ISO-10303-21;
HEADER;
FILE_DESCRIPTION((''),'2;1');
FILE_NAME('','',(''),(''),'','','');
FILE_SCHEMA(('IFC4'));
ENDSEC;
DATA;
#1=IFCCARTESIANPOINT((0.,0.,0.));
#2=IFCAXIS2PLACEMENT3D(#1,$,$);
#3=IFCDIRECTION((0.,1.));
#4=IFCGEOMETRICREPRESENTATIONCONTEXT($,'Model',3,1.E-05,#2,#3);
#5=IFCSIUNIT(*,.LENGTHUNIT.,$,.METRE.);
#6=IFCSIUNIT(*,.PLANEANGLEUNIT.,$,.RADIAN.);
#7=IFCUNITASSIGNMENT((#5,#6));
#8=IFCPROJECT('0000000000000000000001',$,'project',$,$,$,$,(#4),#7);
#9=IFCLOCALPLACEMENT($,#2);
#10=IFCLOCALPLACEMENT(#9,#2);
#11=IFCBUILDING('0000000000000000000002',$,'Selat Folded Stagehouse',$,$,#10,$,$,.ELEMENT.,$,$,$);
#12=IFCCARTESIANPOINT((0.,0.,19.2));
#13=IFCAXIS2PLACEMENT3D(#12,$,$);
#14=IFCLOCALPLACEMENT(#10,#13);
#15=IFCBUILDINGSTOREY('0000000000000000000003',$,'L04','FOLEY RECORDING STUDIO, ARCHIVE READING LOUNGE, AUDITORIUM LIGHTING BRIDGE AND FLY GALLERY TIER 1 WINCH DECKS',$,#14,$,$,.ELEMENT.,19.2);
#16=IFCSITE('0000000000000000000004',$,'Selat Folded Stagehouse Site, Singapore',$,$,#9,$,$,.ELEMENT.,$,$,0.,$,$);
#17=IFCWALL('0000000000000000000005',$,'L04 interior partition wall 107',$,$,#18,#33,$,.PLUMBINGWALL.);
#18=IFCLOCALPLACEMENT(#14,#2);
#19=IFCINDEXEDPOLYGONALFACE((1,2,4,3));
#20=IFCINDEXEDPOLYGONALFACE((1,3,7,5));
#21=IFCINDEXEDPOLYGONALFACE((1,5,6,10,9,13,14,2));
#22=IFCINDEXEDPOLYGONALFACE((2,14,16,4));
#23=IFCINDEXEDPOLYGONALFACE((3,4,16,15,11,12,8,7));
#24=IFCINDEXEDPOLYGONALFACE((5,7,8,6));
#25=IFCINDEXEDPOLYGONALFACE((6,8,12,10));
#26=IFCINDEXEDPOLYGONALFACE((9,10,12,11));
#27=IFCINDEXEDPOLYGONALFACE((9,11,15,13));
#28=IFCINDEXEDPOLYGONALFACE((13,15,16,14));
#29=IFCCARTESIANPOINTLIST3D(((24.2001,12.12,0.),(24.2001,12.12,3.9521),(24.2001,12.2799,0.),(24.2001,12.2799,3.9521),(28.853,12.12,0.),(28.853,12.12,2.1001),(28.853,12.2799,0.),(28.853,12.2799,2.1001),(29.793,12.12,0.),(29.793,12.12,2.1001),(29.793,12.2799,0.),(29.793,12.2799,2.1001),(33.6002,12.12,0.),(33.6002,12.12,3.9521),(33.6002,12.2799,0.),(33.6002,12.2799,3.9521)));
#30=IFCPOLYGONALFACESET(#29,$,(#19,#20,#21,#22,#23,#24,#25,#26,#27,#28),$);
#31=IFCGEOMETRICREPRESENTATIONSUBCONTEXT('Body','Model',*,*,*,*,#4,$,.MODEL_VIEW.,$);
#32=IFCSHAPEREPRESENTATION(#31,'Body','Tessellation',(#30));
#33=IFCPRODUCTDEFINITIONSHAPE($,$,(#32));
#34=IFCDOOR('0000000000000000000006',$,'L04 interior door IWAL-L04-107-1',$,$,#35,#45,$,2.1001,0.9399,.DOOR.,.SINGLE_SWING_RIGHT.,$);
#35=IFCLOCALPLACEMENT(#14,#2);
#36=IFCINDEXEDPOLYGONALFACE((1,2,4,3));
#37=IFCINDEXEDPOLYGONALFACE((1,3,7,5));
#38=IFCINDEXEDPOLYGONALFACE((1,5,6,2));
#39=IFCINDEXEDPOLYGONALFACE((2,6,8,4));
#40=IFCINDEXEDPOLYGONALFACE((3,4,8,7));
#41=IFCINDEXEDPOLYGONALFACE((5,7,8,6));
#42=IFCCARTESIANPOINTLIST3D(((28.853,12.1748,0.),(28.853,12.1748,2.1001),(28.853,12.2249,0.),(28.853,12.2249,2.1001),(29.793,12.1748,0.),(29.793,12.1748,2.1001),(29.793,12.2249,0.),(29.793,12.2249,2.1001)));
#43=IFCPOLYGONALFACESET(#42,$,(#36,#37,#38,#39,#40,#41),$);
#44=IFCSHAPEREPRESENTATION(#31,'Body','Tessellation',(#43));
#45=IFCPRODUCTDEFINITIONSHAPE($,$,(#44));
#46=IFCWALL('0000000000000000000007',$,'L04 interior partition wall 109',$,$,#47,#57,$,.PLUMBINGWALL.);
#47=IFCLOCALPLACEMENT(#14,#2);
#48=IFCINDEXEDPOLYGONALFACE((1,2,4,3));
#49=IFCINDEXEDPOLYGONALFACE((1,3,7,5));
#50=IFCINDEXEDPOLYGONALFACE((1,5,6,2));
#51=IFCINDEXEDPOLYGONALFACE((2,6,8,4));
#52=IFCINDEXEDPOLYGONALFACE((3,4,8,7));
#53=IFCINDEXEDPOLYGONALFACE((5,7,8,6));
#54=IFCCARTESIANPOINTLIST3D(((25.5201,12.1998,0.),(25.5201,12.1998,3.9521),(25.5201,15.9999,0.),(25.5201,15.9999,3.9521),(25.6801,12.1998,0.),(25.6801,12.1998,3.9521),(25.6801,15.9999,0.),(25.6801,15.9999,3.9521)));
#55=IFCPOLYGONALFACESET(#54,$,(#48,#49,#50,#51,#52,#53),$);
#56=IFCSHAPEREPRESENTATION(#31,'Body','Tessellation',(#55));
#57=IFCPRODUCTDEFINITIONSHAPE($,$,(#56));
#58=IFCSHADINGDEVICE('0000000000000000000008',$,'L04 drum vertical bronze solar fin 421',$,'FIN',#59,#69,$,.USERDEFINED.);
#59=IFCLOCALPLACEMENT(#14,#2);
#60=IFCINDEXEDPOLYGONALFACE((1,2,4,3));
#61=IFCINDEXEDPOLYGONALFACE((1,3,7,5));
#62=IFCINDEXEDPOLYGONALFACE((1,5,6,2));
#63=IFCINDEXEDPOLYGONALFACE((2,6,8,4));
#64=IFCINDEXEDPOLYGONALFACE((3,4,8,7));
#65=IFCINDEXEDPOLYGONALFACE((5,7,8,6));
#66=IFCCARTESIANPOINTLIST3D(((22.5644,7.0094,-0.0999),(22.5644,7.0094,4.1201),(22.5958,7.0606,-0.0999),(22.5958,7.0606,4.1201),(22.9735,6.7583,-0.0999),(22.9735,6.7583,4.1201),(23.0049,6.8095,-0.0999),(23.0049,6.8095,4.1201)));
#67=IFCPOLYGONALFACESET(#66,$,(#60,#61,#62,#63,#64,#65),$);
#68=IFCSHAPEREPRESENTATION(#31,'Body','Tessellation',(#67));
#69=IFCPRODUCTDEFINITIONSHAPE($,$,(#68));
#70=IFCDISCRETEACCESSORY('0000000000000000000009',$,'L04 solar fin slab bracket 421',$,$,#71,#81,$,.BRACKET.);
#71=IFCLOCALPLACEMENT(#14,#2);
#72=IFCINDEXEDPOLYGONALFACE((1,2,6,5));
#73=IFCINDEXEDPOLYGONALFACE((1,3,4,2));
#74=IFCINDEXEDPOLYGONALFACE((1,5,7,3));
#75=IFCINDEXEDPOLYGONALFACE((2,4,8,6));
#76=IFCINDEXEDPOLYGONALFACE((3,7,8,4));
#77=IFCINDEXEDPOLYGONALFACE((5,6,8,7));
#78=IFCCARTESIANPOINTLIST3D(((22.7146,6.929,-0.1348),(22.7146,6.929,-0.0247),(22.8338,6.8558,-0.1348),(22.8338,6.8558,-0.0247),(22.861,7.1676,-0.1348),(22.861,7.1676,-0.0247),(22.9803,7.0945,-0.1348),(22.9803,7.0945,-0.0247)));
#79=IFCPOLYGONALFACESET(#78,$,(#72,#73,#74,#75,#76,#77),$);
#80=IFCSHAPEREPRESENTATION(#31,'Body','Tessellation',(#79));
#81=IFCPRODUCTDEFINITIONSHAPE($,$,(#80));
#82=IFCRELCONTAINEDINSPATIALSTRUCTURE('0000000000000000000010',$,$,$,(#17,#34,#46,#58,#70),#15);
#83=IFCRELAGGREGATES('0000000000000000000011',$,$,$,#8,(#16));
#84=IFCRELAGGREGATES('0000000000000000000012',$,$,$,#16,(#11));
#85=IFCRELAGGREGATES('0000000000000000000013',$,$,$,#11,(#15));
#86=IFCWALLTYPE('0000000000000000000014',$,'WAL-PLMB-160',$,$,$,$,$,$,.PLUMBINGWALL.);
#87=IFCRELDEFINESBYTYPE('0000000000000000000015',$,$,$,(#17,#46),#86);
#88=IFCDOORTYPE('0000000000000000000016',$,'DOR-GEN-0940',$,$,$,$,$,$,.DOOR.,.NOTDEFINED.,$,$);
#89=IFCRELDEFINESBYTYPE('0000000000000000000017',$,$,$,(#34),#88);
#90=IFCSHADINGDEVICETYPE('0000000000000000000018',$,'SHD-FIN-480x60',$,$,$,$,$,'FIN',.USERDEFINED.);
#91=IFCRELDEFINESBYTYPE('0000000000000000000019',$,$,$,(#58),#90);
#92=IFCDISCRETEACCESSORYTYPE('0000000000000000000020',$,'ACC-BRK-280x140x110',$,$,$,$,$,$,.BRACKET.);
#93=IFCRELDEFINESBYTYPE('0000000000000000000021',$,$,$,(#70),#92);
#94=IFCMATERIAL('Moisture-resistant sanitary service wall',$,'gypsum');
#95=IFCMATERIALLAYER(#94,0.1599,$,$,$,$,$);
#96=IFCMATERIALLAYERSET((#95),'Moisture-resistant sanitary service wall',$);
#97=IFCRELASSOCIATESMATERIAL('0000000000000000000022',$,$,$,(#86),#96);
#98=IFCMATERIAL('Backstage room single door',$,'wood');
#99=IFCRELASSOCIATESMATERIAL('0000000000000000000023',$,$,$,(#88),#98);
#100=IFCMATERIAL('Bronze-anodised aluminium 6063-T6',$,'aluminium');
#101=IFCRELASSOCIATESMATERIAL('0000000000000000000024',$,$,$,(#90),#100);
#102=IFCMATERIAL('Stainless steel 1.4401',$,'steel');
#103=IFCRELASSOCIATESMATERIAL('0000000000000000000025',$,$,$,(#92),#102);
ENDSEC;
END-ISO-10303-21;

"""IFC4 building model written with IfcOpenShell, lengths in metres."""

from ifc_helpers import new_model, si_unit, direction, frame, frame_2d, origin, origin_2d, place, context, subcontext, project, spatial, rectangle, extrude, material, layer, layer_set, material_profile, profile_set, type_object, element, fill, save


model = new_model("IFC4")

# Units and contexts
model_context = context("Model", 3, precision=1e-05, world=origin(), true_north=direction((0.0, 1.0)))
body_context = subcontext(model_context, "Body", "Model", "MODEL_VIEW")
ifc_project = project(units=[si_unit("LENGTHUNIT", "METRE"), si_unit("PLANEANGLEUNIT", "RADIAN")], contexts=[model_context])

# Site, building, storey
site_placement = place(None, origin())
site = spatial("IfcSite", under=ifc_project, at=site_placement, Name="Selat Folded Stagehouse Site, Singapore", CompositionType="ELEMENT", RefElevation=0.0)
building_placement = place(site_placement, origin())
building = spatial("IfcBuilding", under=site, at=building_placement, Name="Selat Folded Stagehouse", CompositionType="ELEMENT")
storey_placement = place(building_placement, frame((0.0, 0.0, 19.2)))
storey = spatial("IfcBuildingStorey", under=building, at=storey_placement, Name="L04", Description="FOLEY RECORDING STUDIO, ARCHIVE READING LOUNGE, AUDITORIUM LIGHTING BRIDGE AND FLY GALLERY TIER 1 WINCH DECKS", CompositionType="ELEMENT", Elevation=19.2)

# Wall, opening, door
ifc_material_1 = material(Name="Moisture-resistant sanitary service wall", Category="gypsum")
ifc_layer_1 = layer(ifc_material_1, 0.1599)
ifc_layer_set_1 = layer_set([ifc_layer_1], Name="Moisture-resistant sanitary service wall")
wall_type = type_object("IfcWallType", Name="WAL-PLMB-160", PredefinedType="PLUMBINGWALL", material=ifc_layer_set_1)
wall_1_placement = place(storey_placement, frame((24.2, 12.2, 0.0), z_axis=(0.0, 0.0, 1.0), x_axis=(1.0, 0.0, 0.0)))
wall_1 = element("IfcWall", 1, at=wall_1_placement, inside=storey, type_object=wall_type, Name="L04 interior partition wall 107", PredefinedType="PLUMBINGWALL", context=body_context, shape_type="SweptSolid", body=[
    extrude(rectangle(XDim=9.4001, YDim=0.1599, at=frame_2d((4.7002, 0.0))), origin(), (0.0, 0.0, 1.0), 3.9521),
])
opening_placement = place(wall_1_placement, frame((4.6531, 0.0, 0.0)))
opening = element("IfcOpeningElement", 2, at=opening_placement, cuts=wall_1, PredefinedType="OPENING", context=body_context, shape_type="SweptSolid", body=[
    extrude(rectangle(XDim=0.9399, YDim=2.1001, at=frame_2d((0.47, 1.05))), frame((0.0, 0.0898, 0.0), z_axis=(0.0, -1.0, 0.0), x_axis=(1.0, 0.0, 0.0)), (0.0, 0.0, 1.0), 0.1799),
])
ifc_material_2 = material(Name="Backstage room single door", Category="wood")
door_type = type_object("IfcDoorType", Name="DOR-GEN-0940", OperationType="NOTDEFINED", PredefinedType="DOOR", material=ifc_material_2)
door_placement = place(opening_placement, origin())
door = element("IfcDoor", 3, at=door_placement, inside=storey, type_object=door_type, Name="L04 interior door IWAL-L04-107-1", OperationType="SINGLE_SWING_RIGHT", OverallHeight=2.1001, OverallWidth=0.9399, PredefinedType="DOOR", context=body_context, shape_type="SweptSolid", body=[
    extrude(rectangle(XDim=0.9399, YDim=2.1001, at=frame_2d((0.47, 1.05))), frame((0.0, 0.0249, 0.0), z_axis=(0.0, -1.0, 0.0), x_axis=(1.0, 0.0, 0.0)), (0.0, 0.0, 1.0), 0.05),
])
fill(opening, door)

# Wall
wall_2_placement = place(storey_placement, frame((25.6001, 12.2, 0.0), z_axis=(0.0, 0.0, 1.0), x_axis=(0.0, 1.0, 0.0)))
element("IfcWall", 4, at=wall_2_placement, inside=storey, type_object=wall_type, Name="L04 interior partition wall 109", PredefinedType="PLUMBINGWALL", context=body_context, shape_type="SweptSolid", body=[
    extrude(rectangle(XDim=3.8, YDim=0.1599, at=frame_2d((1.8999, 0.0))), origin(), (0.0, 0.0, 1.0), 3.9521),
])

# Shading device
ifc_material_3 = material(Name="Bronze-anodised aluminium 6063-T6", Category="aluminium")
ifc_material_profile_1 = material_profile(ifc_material_3, rectangle(XDim=0.0601, YDim=0.48, at=origin_2d()), Name="SOLAR-FIN 480x60")
ifc_profile_set_1 = profile_set([ifc_material_profile_1], Name="Bronze-anodised aluminium 6063-T6")
shading_device_type = type_object("IfcShadingDeviceType", Name="SHD-FIN-480x60", ElementType="FIN", PredefinedType="USERDEFINED", material=ifc_profile_set_1)
shading_device_placement = place(storey_placement, frame((22.7847, 6.9094, -0.0999), z_axis=(0.0, 0.0, 1.0), x_axis=(-0.523094, -0.852275, 0.0)))
element("IfcShadingDevice", 5, at=shading_device_placement, inside=storey, type_object=shading_device_type, Name="L04 drum vertical bronze solar fin 421", ObjectType="FIN", PredefinedType="USERDEFINED", context=body_context, shape_type="SweptSolid", body=[
    extrude(rectangle(XDim=0.0601, YDim=0.48, at=origin_2d()), origin(), (0.0, 0.0, 1.0), 4.22),
])

# Discrete accessory
ifc_material_4 = material(Name="Stainless steel 1.4401", Category="steel")
discrete_accessory_type = type_object("IfcDiscreteAccessoryType", Name="ACC-BRK-280x140x110", PredefinedType="BRACKET", material=ifc_material_4)
discrete_accessory_placement = place(storey_placement, frame((22.8474, 7.0117, -0.1348), z_axis=(0.0, 0.0, 1.0), x_axis=(-0.523094, -0.852275, 0.0)))
element("IfcDiscreteAccessory", 6, at=discrete_accessory_placement, inside=storey, type_object=discrete_accessory_type, Name="L04 solar fin slab bracket 421", PredefinedType="BRACKET", context=body_context, shape_type="SweptSolid", body=[
    extrude(rectangle(XDim=0.28, YDim=0.1399, at=origin_2d()), origin(), (0.0, 0.0, 1.0), 0.1101),
])

save(model, "model.ifc")
